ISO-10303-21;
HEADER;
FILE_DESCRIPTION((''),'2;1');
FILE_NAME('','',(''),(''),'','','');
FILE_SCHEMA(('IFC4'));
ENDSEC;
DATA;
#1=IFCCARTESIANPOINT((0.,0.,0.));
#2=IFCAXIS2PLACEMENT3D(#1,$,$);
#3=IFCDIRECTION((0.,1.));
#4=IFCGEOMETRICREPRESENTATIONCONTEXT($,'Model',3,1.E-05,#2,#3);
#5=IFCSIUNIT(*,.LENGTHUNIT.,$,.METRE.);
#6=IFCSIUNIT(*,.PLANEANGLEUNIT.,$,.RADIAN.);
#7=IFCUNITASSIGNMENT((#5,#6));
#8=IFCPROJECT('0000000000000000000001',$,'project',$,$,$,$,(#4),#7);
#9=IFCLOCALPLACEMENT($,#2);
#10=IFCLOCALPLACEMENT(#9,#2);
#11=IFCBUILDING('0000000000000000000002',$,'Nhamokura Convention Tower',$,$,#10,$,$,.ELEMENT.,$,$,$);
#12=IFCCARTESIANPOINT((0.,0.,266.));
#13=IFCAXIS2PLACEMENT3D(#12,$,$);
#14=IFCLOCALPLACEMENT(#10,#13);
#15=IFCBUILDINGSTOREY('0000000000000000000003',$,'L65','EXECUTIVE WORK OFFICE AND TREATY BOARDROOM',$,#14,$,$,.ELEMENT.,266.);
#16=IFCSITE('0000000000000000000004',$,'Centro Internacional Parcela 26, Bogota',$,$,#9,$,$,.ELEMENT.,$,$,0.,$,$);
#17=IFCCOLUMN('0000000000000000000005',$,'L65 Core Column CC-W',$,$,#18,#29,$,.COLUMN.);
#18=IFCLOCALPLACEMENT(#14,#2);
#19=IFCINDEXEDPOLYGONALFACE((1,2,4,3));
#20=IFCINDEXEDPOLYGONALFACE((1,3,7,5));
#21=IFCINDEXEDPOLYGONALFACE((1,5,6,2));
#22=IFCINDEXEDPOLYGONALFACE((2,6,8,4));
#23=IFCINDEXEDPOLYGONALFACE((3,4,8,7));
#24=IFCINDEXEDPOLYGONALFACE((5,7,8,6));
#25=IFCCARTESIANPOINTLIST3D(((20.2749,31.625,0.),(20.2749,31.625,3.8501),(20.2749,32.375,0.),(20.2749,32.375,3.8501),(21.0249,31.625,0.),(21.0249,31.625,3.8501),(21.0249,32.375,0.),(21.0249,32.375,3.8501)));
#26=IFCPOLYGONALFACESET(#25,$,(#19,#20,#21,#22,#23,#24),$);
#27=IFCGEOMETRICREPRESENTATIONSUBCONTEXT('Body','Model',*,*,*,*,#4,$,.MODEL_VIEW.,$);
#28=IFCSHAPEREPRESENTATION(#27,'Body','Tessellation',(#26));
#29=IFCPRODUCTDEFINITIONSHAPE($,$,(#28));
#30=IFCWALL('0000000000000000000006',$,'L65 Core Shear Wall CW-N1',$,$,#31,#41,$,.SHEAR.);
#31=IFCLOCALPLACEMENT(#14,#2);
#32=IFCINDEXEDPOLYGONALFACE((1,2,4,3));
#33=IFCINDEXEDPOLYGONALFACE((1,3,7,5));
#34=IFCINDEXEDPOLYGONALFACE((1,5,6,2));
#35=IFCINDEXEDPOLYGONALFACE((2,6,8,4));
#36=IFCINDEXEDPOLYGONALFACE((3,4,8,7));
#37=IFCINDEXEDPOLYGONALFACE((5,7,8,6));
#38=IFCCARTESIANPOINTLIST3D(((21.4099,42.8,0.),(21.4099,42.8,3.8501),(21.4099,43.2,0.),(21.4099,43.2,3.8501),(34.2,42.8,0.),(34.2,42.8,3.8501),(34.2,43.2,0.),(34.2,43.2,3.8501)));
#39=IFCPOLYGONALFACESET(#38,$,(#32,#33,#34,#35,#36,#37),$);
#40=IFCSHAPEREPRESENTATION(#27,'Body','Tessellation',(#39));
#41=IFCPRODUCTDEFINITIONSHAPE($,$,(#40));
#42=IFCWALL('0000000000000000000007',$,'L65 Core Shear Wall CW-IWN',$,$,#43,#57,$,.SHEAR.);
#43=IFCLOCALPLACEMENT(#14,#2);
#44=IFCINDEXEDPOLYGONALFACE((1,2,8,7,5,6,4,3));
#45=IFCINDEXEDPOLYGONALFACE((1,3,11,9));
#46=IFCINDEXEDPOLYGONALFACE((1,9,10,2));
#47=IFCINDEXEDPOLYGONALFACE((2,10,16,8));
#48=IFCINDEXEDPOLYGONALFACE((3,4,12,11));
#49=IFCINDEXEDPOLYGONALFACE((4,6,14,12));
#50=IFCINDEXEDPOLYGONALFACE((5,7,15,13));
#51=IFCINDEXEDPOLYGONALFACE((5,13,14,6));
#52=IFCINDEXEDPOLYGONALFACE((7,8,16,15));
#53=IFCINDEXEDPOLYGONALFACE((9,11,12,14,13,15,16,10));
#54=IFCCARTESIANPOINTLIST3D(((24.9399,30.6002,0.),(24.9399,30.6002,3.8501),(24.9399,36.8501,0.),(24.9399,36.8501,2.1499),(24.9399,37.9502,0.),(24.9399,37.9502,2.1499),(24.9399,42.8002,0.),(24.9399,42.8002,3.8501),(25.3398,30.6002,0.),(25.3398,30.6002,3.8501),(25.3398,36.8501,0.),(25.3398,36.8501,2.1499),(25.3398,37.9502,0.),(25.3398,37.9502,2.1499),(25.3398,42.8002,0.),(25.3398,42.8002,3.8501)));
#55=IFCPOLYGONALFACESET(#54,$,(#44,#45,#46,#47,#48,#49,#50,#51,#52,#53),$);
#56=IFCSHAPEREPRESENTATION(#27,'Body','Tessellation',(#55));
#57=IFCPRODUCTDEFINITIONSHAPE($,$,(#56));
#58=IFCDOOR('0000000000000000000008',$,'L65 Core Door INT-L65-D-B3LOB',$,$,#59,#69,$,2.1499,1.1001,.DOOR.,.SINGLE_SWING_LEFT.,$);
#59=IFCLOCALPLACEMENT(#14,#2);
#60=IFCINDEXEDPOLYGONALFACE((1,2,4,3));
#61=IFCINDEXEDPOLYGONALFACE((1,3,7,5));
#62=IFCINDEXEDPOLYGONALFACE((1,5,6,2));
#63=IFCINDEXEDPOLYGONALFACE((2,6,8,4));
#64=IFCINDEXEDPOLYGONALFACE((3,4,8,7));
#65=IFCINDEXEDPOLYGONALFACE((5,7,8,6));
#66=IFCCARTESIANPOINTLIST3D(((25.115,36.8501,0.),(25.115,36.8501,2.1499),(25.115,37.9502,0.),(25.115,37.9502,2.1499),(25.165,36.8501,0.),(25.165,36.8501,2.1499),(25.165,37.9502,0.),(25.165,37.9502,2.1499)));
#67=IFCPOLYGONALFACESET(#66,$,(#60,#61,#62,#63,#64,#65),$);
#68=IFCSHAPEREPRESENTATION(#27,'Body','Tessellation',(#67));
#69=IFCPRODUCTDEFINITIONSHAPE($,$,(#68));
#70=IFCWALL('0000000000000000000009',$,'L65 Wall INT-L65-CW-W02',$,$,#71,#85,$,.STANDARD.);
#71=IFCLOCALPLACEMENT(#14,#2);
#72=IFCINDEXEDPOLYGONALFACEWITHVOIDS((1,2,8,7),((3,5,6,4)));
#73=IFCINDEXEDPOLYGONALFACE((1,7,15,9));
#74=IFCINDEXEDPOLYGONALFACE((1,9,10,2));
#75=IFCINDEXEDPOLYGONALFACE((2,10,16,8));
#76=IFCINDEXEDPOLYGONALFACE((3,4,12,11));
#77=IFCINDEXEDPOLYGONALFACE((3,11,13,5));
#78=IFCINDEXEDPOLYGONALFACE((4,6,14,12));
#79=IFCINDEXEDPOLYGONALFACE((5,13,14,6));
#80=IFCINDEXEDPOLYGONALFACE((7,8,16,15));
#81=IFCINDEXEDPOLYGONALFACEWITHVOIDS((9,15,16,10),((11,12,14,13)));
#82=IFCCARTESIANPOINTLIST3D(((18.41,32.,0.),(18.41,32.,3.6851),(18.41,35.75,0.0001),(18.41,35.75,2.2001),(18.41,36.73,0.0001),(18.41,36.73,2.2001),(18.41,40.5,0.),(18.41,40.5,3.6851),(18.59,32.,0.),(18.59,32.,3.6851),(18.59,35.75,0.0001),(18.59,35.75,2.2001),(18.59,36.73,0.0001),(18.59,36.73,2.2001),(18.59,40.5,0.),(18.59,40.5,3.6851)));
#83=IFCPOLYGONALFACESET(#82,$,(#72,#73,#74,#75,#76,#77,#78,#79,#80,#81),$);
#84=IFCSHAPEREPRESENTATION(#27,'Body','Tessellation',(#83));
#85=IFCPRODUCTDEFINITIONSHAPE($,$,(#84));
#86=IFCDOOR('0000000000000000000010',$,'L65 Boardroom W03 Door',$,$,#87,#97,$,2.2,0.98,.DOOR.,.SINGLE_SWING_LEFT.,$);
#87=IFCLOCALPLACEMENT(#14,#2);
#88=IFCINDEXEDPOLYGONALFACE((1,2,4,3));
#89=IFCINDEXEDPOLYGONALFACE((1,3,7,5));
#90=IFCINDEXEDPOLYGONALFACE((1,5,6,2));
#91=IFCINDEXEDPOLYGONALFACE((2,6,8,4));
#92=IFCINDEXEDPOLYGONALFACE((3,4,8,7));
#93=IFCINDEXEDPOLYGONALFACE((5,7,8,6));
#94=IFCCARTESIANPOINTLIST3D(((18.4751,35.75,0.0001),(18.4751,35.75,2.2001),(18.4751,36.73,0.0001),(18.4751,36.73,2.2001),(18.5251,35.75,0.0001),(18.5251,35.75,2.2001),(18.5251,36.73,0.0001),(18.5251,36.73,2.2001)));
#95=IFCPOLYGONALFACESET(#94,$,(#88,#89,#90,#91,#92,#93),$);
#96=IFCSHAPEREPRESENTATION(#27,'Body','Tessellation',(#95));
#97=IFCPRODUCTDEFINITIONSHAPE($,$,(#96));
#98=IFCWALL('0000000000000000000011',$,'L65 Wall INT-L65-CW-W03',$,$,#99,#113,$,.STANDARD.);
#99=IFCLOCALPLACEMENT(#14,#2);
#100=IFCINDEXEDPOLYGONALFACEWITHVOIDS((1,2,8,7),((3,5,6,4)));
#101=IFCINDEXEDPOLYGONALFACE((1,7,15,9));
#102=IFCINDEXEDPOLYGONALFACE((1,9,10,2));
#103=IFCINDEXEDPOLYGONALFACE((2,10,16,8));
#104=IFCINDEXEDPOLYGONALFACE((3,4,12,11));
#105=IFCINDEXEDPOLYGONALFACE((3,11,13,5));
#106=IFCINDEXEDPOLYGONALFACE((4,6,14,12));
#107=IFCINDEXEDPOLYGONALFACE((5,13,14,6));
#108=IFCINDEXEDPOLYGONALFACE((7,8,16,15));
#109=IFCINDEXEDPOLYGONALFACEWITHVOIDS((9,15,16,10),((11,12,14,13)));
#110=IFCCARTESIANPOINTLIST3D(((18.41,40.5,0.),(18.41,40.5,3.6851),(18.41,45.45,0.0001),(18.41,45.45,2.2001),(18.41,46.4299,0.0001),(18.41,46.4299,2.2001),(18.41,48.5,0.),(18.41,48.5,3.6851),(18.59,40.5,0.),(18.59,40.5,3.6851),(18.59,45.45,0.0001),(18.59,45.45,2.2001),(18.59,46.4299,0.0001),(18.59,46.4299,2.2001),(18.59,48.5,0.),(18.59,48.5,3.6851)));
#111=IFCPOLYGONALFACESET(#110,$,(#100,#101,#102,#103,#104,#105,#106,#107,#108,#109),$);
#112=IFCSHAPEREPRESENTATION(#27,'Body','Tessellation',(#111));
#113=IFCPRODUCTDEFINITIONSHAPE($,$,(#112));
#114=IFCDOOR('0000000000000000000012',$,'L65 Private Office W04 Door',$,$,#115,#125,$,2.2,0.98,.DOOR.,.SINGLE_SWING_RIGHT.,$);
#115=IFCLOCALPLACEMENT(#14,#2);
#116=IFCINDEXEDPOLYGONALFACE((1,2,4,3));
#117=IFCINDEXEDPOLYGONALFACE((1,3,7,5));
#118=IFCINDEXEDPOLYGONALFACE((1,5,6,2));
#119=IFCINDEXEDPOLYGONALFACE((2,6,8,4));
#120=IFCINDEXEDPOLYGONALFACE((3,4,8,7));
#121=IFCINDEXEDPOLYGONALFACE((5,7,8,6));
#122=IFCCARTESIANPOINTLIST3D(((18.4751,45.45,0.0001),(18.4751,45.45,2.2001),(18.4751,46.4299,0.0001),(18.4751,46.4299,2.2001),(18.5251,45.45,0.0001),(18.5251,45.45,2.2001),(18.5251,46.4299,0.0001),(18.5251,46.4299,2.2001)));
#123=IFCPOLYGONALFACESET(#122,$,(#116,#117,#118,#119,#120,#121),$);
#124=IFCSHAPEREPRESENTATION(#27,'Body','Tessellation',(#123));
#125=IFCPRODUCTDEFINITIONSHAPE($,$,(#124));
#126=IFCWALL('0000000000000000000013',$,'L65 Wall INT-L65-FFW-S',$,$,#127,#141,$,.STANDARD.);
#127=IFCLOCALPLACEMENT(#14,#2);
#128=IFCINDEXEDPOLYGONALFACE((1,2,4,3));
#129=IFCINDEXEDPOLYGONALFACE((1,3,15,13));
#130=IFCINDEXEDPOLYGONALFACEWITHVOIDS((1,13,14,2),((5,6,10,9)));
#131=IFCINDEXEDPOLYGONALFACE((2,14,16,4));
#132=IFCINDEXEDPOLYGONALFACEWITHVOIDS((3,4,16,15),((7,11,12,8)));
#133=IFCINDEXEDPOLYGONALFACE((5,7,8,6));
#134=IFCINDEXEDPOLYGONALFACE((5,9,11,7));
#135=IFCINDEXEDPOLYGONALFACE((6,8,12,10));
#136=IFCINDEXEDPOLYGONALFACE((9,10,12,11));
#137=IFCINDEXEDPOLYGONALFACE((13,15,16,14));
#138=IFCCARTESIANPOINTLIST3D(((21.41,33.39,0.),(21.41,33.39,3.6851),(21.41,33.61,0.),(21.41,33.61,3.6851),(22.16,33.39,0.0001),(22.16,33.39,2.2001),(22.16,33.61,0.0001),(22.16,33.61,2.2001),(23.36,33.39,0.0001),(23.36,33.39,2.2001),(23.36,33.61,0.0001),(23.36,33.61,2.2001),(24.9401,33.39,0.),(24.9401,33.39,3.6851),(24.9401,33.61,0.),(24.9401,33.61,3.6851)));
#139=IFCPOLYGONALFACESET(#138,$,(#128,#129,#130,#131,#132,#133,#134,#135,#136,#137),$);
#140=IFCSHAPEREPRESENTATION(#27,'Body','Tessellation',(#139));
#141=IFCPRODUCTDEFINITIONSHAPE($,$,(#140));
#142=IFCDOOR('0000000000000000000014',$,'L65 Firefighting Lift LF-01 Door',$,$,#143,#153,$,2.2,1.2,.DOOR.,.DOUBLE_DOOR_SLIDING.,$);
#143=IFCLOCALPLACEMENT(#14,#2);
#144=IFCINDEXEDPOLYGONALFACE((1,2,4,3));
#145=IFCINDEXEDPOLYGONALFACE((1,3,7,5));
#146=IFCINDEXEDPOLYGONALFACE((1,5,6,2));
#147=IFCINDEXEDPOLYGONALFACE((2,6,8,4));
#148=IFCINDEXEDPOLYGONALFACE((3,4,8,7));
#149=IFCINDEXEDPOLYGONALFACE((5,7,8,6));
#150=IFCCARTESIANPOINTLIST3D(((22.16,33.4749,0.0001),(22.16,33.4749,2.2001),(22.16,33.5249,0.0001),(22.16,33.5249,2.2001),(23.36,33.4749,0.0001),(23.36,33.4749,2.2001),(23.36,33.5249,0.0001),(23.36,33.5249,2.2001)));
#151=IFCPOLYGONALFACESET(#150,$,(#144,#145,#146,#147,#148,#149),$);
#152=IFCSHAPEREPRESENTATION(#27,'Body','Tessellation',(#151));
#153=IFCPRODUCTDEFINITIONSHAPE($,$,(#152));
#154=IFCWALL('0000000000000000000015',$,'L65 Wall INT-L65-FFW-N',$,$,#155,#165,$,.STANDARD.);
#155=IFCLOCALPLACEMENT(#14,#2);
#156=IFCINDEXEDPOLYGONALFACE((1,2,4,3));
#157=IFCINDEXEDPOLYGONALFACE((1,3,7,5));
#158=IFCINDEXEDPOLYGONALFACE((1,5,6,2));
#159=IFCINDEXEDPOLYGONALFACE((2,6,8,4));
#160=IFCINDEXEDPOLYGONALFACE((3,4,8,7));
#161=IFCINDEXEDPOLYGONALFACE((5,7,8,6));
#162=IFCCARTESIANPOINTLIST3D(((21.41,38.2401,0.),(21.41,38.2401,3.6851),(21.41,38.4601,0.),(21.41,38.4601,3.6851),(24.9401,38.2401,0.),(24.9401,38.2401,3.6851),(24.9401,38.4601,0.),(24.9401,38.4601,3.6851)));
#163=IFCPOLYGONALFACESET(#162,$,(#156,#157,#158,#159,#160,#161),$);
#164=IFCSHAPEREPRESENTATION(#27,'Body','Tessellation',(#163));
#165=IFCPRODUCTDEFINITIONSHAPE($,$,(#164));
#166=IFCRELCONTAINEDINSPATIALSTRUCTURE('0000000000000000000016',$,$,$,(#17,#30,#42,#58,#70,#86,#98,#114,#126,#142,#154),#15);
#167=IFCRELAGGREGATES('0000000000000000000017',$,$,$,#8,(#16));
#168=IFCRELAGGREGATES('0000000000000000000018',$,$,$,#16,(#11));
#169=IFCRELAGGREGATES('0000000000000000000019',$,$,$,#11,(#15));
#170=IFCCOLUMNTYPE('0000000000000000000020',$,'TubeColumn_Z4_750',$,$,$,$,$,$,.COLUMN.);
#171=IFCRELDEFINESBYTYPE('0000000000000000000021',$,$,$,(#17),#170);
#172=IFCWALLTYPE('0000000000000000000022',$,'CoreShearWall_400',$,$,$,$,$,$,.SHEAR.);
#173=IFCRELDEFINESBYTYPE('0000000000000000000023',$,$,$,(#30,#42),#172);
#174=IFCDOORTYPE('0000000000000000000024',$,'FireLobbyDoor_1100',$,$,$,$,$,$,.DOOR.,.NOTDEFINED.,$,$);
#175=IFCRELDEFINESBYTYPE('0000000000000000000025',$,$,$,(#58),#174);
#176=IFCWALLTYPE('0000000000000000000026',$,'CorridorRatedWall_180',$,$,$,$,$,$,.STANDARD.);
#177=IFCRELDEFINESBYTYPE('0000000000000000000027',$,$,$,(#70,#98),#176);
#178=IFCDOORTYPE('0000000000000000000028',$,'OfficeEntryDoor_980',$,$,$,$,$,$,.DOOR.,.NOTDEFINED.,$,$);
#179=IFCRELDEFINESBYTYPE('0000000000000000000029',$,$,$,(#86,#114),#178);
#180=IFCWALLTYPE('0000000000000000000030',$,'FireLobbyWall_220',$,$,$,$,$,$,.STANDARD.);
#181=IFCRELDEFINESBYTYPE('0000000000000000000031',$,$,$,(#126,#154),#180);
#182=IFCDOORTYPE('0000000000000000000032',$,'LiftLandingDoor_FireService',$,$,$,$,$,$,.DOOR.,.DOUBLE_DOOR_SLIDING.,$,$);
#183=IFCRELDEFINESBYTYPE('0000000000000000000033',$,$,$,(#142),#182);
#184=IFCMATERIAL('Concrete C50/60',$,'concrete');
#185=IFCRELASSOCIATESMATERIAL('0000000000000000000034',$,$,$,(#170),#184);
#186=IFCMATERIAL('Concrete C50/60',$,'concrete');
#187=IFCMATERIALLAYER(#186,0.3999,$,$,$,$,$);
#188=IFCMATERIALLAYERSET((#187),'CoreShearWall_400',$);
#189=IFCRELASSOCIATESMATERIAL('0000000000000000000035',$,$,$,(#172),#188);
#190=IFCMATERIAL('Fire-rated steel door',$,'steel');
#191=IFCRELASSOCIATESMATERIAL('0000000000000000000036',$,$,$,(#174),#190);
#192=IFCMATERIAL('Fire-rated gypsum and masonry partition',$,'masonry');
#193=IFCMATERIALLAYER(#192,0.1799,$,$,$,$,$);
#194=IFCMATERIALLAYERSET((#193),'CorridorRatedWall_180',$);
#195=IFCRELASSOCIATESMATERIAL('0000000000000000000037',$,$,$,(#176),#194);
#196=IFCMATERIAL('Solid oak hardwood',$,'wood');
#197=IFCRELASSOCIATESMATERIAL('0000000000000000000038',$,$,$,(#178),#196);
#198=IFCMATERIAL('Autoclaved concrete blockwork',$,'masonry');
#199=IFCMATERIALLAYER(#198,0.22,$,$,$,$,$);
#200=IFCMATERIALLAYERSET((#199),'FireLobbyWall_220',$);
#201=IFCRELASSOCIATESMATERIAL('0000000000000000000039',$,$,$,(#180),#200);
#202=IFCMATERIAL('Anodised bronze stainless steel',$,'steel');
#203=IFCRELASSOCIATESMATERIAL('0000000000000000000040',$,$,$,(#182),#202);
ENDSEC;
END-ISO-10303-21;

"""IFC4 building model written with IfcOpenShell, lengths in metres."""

from ifc_helpers import new_model, si_unit, direction, frame, frame_2d, origin, origin_2d, place, context, subcontext, project, spatial, rectangle, extrude, material, layer, layer_set, material_profile, profile_set, type_object, element, fill, save


model = new_model("IFC4")

# Units and contexts
model_context = context("Model", 3, precision=1e-05, world=origin(), true_north=direction((0.0, 1.0)))
body_context = subcontext(model_context, "Body", "Model", "MODEL_VIEW")
ifc_project = project(units=[si_unit("LENGTHUNIT", "METRE"), si_unit("PLANEANGLEUNIT", "RADIAN")], contexts=[model_context])

# Site, building, storey
site_placement = place(None, origin())
site = spatial("IfcSite", under=ifc_project, at=site_placement, Name="Centro Internacional Parcela 26, Bogota", CompositionType="ELEMENT", RefElevation=0.0)
building_placement = place(site_placement, origin())
building = spatial("IfcBuilding", under=site, at=building_placement, Name="Nhamokura Convention Tower", CompositionType="ELEMENT")
storey_placement = place(building_placement, frame((0.0, 0.0, 266.0)))
storey = spatial("IfcBuildingStorey", under=building, at=storey_placement, Name="L65", Description="EXECUTIVE WORK OFFICE AND TREATY BOARDROOM", CompositionType="ELEMENT", Elevation=266.0)

# Column
ifc_material_1 = material(Name="Concrete C50/60", Category="concrete")
ifc_material_profile = material_profile(ifc_material_1, rectangle(XDim=0.75, YDim=0.75, at=origin_2d()))
ifc_profile_set = profile_set([ifc_material_profile], Name="Concrete C50/60")
column_type = type_object("IfcColumnType", Name="TubeColumn_Z4_750", PredefinedType="COLUMN", material=ifc_profile_set)
column_placement = place(storey_placement, frame((20.6499, 32.0, 0.0), z_axis=(0.0, 0.0, 1.0), x_axis=(1.0, 0.0, 0.0)))
element("IfcColumn", 1, at=column_placement, inside=storey, type_object=column_type, Name="L65 Core Column CC-W", PredefinedType="COLUMN", context=body_context, shape_type="SweptSolid", body=[
    extrude(rectangle(XDim=0.75, YDim=0.75, at=origin_2d()), origin(), (0.0, 0.0, 1.0), 3.8501),
])

# Wall
ifc_material_2 = material(Name="Concrete C50/60", Category="concrete")
ifc_layer_1 = layer(ifc_material_2, 0.3999)
ifc_layer_set_1 = layer_set([ifc_layer_1], Name="CoreShearWall_400")
wall_type_1 = type_object("IfcWallType", Name="CoreShearWall_400", PredefinedType="SHEAR", material=ifc_layer_set_1)
wall_1_placement = place(storey_placement, frame((21.4099, 43.0, 0.0), z_axis=(0.0, 0.0, 1.0), x_axis=(1.0, 0.0, 0.0)))
element("IfcWall", 2, at=wall_1_placement, inside=storey, type_object=wall_type_1, Name="L65 Core Shear Wall CW-N1", PredefinedType="SHEAR", context=body_context, shape_type="SweptSolid", body=[
    extrude(rectangle(XDim=12.79, YDim=0.3999, at=frame_2d((6.395, 0.0))), origin(), (0.0, 0.0, 1.0), 3.8501),
])

# Walls, openings, doors
wall_2_placement = place(storey_placement, frame((25.1399, 30.6001, 0.0), z_axis=(0.0, 0.0, 1.0), x_axis=(0.0, 1.0, 0.0)))
wall_2 = element("IfcWall", 3, at=wall_2_placement, inside=storey, type_object=wall_type_1, Name="L65 Core Shear Wall CW-IWN", PredefinedType="SHEAR", context=body_context, shape_type="SweptSolid", body=[
    extrude(rectangle(XDim=12.2, YDim=0.3999, at=frame_2d((6.1001, 0.0))), origin(), (0.0, 0.0, 1.0), 3.8501),
])
opening_1_placement = place(wall_2_placement, frame((6.25, 0.0, 0.0)))
opening_1 = element("IfcOpeningElement", 4, at=opening_1_placement, cuts=wall_2, PredefinedType="OPENING", context=body_context, shape_type="SweptSolid", body=[
    extrude(rectangle(XDim=1.1001, YDim=2.1499, at=frame_2d((0.55, 1.075))), frame((0.0, 0.21, 0.0), z_axis=(0.0, -1.0, 0.0), x_axis=(1.0, 0.0, 0.0)), (0.0, 0.0, 1.0), 0.4199),
])
ifc_material_3 = material(Name="Fire-rated steel door", Category="steel")
door_type_1 = type_object("IfcDoorType", Name="FireLobbyDoor_1100", OperationType="NOTDEFINED", PredefinedType="DOOR", material=ifc_material_3)
door_1_placement = place(opening_1_placement, origin())
door_1 = element("IfcDoor", 5, at=door_1_placement, inside=storey, type_object=door_type_1, Name="L65 Core Door INT-L65-D-B3LOB", OperationType="SINGLE_SWING_LEFT", OverallHeight=2.1499, OverallWidth=1.1001, PredefinedType="DOOR", context=body_context, shape_type="SweptSolid", body=[
    extrude(rectangle(XDim=1.1001, YDim=2.1499, at=frame_2d((0.55, 1.075))), frame((0.0, 0.0249, 0.0), z_axis=(0.0, -1.0, 0.0), x_axis=(1.0, 0.0, 0.0)), (0.0, 0.0, 1.0), 0.05),
])
fill(opening_1, door_1)
ifc_material_4 = material(Name="Fire-rated gypsum and masonry partition", Category="masonry")
ifc_layer_2 = layer(ifc_material_4, 0.1799)
ifc_layer_set_2 = layer_set([ifc_layer_2], Name="CorridorRatedWall_180")
wall_type_2 = type_object("IfcWallType", Name="CorridorRatedWall_180", PredefinedType="STANDARD", material=ifc_layer_set_2)
wall_3_placement = place(storey_placement, frame((18.5, 32.0, 0.0), z_axis=(0.0, 0.0, 1.0), x_axis=(0.0, 1.0, 0.0)))
wall_3 = element("IfcWall", 6, at=wall_3_placement, inside=storey, type_object=wall_type_2, Name="L65 Wall INT-L65-CW-W02", PredefinedType="STANDARD", context=body_context, shape_type="SweptSolid", body=[
    extrude(rectangle(XDim=8.5, YDim=0.1799, at=frame_2d((4.25, 0.0))), origin(), (0.0, 0.0, 1.0), 3.6851),
])
opening_2_placement = place(wall_3_placement, frame((3.75, 0.0, 0.0)))
opening_2 = element("IfcOpeningElement", 7, at=opening_2_placement, cuts=wall_3, PredefinedType="OPENING", context=body_context, shape_type="SweptSolid", body=[
    extrude(rectangle(XDim=0.98, YDim=2.2, at=frame_2d((0.49, 1.1001))), frame((0.0, 0.0999, 0.0), z_axis=(0.0, -1.0, 0.0), x_axis=(1.0, 0.0, 0.0)), (0.0, 0.0, 1.0), 0.2),
])
ifc_material_5 = material(Name="Solid oak hardwood", Category="wood")
door_type_2 = type_object("IfcDoorType", Name="OfficeEntryDoor_980", OperationType="NOTDEFINED", PredefinedType="DOOR", material=ifc_material_5)
door_2_placement = place(opening_2_placement, origin())
door_2 = element("IfcDoor", 8, at=door_2_placement, inside=storey, type_object=door_type_2, Name="L65 Boardroom W03 Door", OperationType="SINGLE_SWING_LEFT", OverallHeight=2.2, OverallWidth=0.98, PredefinedType="DOOR", context=body_context, shape_type="SweptSolid", body=[
    extrude(rectangle(XDim=0.98, YDim=2.2, at=frame_2d((0.49, 1.1001))), frame((0.0, 0.0249, 0.0), z_axis=(0.0, -1.0, 0.0), x_axis=(1.0, 0.0, 0.0)), (0.0, 0.0, 1.0), 0.05),
])
fill(opening_2, door_2)
wall_4_placement = place(storey_placement, frame((18.5, 40.5, 0.0), z_axis=(0.0, 0.0, 1.0), x_axis=(0.0, 1.0, 0.0)))
wall_4 = element("IfcWall", 9, at=wall_4_placement, inside=storey, type_object=wall_type_2, Name="L65 Wall INT-L65-CW-W03", PredefinedType="STANDARD", context=body_context, shape_type="SweptSolid", body=[
    extrude(rectangle(XDim=8.0, YDim=0.1799, at=frame_2d((4.0, 0.0))), origin(), (0.0, 0.0, 1.0), 3.6851),
])
opening_3_placement = place(wall_4_placement, frame((4.95, 0.0, 0.0)))
opening_3 = element("IfcOpeningElement", 10, at=opening_3_placement, cuts=wall_4, PredefinedType="OPENING", context=body_context, shape_type="SweptSolid", body=[
    extrude(rectangle(XDim=0.98, YDim=2.2, at=frame_2d((0.49, 1.1001))), frame((0.0, 0.0999, 0.0), z_axis=(0.0, -1.0, 0.0), x_axis=(1.0, 0.0, 0.0)), (0.0, 0.0, 1.0), 0.2),
])
door_3_placement = place(opening_3_placement, origin())
door_3 = element("IfcDoor", 11, at=door_3_placement, inside=storey, type_object=door_type_2, Name="L65 Private Office W04 Door", OperationType="SINGLE_SWING_RIGHT", OverallHeight=2.2, OverallWidth=0.98, PredefinedType="DOOR", context=body_context, shape_type="SweptSolid", body=[
    extrude(rectangle(XDim=0.98, YDim=2.2, at=frame_2d((0.49, 1.1001))), frame((0.0, 0.0249, 0.0), z_axis=(0.0, -1.0, 0.0), x_axis=(1.0, 0.0, 0.0)), (0.0, 0.0, 1.0), 0.05),
])
fill(opening_3, door_3)
ifc_material_6 = material(Name="Autoclaved concrete blockwork", Category="masonry")
ifc_layer_3 = layer(ifc_material_6, 0.22)
ifc_layer_set_3 = layer_set([ifc_layer_3], Name="FireLobbyWall_220")
wall_type_3 = type_object("IfcWallType", Name="FireLobbyWall_220", PredefinedType="STANDARD", material=ifc_layer_set_3)
wall_5_placement = place(storey_placement, frame((21.4099, 33.5, 0.0), z_axis=(0.0, 0.0, 1.0), x_axis=(1.0, 0.0, 0.0)))
wall_5 = element("IfcWall", 12, at=wall_5_placement, inside=storey, type_object=wall_type_3, Name="L65 Wall INT-L65-FFW-S", PredefinedType="STANDARD", context=body_context, shape_type="SweptSolid", body=[
    extrude(rectangle(XDim=3.53, YDim=0.22, at=frame_2d((1.7651, 0.0))), origin(), (0.0, 0.0, 1.0), 3.6851),
])
opening_4_placement = place(wall_5_placement, frame((0.75, 0.0, 0.0)))
opening_4 = element("IfcOpeningElement", 13, at=opening_4_placement, cuts=wall_5, PredefinedType="OPENING", context=body_context, shape_type="SweptSolid", body=[
    extrude(rectangle(XDim=1.2, YDim=2.2, at=frame_2d((0.6001, 1.1001))), frame((0.0, 0.1199, 0.0), z_axis=(0.0, -1.0, 0.0), x_axis=(1.0, 0.0, 0.0)), (0.0, 0.0, 1.0), 0.24),
])
ifc_material_7 = material(Name="Anodised bronze stainless steel", Category="steel")
door_type_3 = type_object("IfcDoorType", Name="LiftLandingDoor_FireService", OperationType="DOUBLE_DOOR_SLIDING", PredefinedType="DOOR", material=ifc_material_7)
door_4_placement = place(opening_4_placement, origin())
door_4 = element("IfcDoor", 14, at=door_4_placement, inside=storey, type_object=door_type_3, Name="L65 Firefighting Lift LF-01 Door", OperationType="DOUBLE_DOOR_SLIDING", OverallHeight=2.2, OverallWidth=1.2, PredefinedType="DOOR", context=body_context, shape_type="SweptSolid", body=[
    extrude(rectangle(XDim=1.2, YDim=2.2, at=frame_2d((0.6001, 1.1001))), frame((0.0, 0.0249, 0.0), z_axis=(0.0, -1.0, 0.0), x_axis=(1.0, 0.0, 0.0)), (0.0, 0.0, 1.0), 0.05),
])
fill(opening_4, door_4)

# Wall
wall_6_placement = place(storey_placement, frame((21.4099, 38.3501, 0.0), z_axis=(0.0, 0.0, 1.0), x_axis=(1.0, 0.0, 0.0)))
element("IfcWall", 15, at=wall_6_placement, inside=storey, type_object=wall_type_3, Name="L65 Wall INT-L65-FFW-N", PredefinedType="STANDARD", context=body_context, shape_type="SweptSolid", body=[
    extrude(rectangle(XDim=3.53, YDim=0.22, at=frame_2d((1.7651, 0.0))), origin(), (0.0, 0.0, 1.0), 3.6851),
])

save(model, "model.ifc")
